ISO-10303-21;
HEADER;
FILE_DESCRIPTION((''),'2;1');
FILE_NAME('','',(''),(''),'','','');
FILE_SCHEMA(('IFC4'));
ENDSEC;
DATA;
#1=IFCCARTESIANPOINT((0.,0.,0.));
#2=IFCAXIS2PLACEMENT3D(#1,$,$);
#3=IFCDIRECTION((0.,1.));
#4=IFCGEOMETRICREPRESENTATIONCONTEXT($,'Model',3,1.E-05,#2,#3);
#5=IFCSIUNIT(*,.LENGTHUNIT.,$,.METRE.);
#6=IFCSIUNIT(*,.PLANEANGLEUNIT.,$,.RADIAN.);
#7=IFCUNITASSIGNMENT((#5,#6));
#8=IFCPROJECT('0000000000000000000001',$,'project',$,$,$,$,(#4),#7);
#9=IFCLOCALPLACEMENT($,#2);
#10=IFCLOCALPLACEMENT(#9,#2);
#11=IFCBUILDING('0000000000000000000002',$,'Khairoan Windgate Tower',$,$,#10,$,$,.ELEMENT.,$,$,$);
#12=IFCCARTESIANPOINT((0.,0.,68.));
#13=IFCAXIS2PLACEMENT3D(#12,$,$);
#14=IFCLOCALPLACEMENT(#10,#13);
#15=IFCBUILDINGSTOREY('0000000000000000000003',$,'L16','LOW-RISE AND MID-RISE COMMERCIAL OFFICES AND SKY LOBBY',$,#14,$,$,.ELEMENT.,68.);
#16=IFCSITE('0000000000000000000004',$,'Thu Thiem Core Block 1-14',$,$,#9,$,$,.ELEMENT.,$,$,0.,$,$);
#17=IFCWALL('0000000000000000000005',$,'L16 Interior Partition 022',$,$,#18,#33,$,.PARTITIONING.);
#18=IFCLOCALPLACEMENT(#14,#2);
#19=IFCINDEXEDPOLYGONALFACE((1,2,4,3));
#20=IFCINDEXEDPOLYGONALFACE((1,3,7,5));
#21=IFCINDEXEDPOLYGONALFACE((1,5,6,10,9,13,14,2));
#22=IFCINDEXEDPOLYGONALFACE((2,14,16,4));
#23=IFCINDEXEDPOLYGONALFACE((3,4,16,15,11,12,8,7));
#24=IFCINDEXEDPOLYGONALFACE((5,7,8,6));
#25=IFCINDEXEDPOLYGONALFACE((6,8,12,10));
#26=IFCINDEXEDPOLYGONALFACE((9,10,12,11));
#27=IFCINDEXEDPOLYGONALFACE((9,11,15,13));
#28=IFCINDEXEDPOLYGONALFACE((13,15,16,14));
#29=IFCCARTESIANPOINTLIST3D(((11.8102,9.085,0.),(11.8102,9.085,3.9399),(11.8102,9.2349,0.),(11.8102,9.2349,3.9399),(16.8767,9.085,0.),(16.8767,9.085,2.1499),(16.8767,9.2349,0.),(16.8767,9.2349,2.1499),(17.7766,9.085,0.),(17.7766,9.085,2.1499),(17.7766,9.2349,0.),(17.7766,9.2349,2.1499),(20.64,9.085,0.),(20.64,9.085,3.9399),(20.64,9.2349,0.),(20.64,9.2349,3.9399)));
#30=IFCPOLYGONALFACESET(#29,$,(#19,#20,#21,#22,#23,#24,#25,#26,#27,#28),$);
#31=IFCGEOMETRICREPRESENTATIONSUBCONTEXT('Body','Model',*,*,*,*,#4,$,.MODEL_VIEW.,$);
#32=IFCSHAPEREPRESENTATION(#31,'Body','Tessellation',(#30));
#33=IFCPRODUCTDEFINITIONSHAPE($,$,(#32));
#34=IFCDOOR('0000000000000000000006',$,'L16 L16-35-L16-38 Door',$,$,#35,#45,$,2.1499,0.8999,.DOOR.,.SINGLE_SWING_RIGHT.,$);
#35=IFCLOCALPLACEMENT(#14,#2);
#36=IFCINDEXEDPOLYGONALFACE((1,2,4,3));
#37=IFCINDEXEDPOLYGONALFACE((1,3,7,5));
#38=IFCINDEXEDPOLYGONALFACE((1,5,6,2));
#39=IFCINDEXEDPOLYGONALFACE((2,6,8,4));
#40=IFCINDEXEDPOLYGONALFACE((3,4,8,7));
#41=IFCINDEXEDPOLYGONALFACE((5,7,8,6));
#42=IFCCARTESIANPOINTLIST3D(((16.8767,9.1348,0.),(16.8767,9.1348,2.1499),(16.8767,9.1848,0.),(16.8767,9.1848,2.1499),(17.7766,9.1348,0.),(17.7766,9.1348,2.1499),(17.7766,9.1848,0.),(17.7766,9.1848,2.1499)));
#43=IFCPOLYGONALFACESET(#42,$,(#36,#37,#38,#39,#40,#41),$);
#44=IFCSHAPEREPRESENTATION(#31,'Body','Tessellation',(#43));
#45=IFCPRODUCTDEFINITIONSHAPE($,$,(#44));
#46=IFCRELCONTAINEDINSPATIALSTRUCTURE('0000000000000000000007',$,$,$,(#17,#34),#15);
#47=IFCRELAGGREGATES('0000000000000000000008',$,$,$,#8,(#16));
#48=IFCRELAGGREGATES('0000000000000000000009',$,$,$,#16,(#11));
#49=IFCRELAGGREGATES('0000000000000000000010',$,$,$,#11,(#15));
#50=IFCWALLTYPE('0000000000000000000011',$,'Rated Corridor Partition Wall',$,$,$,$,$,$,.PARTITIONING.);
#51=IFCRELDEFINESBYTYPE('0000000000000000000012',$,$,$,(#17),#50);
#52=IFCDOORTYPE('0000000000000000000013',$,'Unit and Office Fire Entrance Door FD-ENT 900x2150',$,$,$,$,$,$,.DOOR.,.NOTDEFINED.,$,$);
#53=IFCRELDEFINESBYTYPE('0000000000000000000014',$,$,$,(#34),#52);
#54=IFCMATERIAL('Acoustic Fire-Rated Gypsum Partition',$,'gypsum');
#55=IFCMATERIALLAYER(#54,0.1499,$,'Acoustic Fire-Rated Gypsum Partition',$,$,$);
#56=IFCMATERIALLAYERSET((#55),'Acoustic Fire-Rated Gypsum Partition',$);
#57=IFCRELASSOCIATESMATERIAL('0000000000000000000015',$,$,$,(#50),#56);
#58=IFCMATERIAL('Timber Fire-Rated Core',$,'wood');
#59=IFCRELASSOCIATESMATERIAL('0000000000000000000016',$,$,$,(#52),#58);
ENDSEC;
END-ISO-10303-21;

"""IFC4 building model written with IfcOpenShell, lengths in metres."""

from ifc_helpers import new_model, si_unit, direction, frame, frame_2d, origin, place, context, subcontext, project, spatial, rectangle, extrude, material, layer, layer_set, type_object, element, fill, save


model = new_model("IFC4")

# Units and contexts
model_context = context("Model", 3, precision=1e-05, world=origin(), true_north=direction((0.0, 1.0)))
body_context = subcontext(model_context, "Body", "Model", "MODEL_VIEW")
ifc_project = project(units=[si_unit("LENGTHUNIT", "METRE"), si_unit("PLANEANGLEUNIT", "RADIAN")], contexts=[model_context])

# Site, building, storey
site_placement = place(None, origin())
site = spatial("IfcSite", under=ifc_project, at=site_placement, Name="Thu Thiem Core Block 1-14", CompositionType="ELEMENT", RefElevation=0.0)
building_placement = place(site_placement, origin())
building = spatial("IfcBuilding", under=site, at=building_placement, Name="Khairoan Windgate Tower", CompositionType="ELEMENT")
storey_placement = place(building_placement, frame((0.0, 0.0, 68.0)))
storey = spatial("IfcBuildingStorey", under=building, at=storey_placement, Name="L16", Description="LOW-RISE AND MID-RISE COMMERCIAL OFFICES AND SKY LOBBY", CompositionType="ELEMENT", Elevation=68.0)

# Wall, opening, door
ifc_material_1 = material(Name="Acoustic Fire-Rated Gypsum Partition", Category="gypsum")
ifc_layer_1 = layer(ifc_material_1, 0.1499, Name="Acoustic Fire-Rated Gypsum Partition")
ifc_layer_set_1 = layer_set([ifc_layer_1], Name="Acoustic Fire-Rated Gypsum Partition")
wall_type_1 = type_object("IfcWallType", Name="Rated Corridor Partition Wall", PredefinedType="PARTITIONING", material=ifc_layer_set_1)
wall_1_placement = place(storey_placement, frame((11.8101, 9.1599, 0.0), z_axis=(0.0, 0.0, 1.0), x_axis=(1.0, 0.0, 0.0)))
wall_1 = element("IfcWall", 1, at=wall_1_placement, inside=storey, type_object=wall_type_1, Name="L16 Interior Partition 022", PredefinedType="PARTITIONING", context=body_context, shape_type="SweptSolid", body=[
    extrude(rectangle(XDim=8.8298, YDim=0.1499, at=frame_2d((4.415, 0.0))), origin(), (0.0, 0.0, 1.0), 3.9399),
])
opening_placement = place(wall_1_placement, frame((5.0667, 0.0, 0.0)))
opening = element("IfcOpeningElement", 2, at=opening_placement, cuts=wall_1, PredefinedType="OPENING", context=body_context, shape_type="SweptSolid", body=[
    extrude(rectangle(XDim=0.8999, YDim=2.1499, at=frame_2d((0.45, 1.075))), frame((0.0, 0.085, 0.0), z_axis=(0.0, -1.0, 0.0), x_axis=(1.0, 0.0, 0.0)), (0.0, 0.0, 1.0), 0.1699),
])
ifc_material_2 = material(Name="Timber Fire-Rated Core", Category="wood")
door_type = type_object("IfcDoorType", Name="Unit and Office Fire Entrance Door FD-ENT 900x2150", OperationType="NOTDEFINED", PredefinedType="DOOR", material=ifc_material_2)
door_placement = place(opening_placement, origin())
door = element("IfcDoor", 3, at=door_placement, inside=storey, type_object=door_type, Name="L16 L16-35-L16-38 Door", OperationType="SINGLE_SWING_RIGHT", OverallHeight=2.1499, OverallWidth=0.8999, PredefinedType="DOOR", context=body_context, shape_type="SweptSolid", body=[
    extrude(rectangle(XDim=0.8999, YDim=2.1499, at=frame_2d((0.45, 1.075))), frame((0.0, 0.0249, 0.0), z_axis=(0.0, -1.0, 0.0), x_axis=(1.0, 0.0, 0.0)), (0.0, 0.0, 1.0), 0.05),
])
fill(opening, door)

save(model, "model.ifc")
